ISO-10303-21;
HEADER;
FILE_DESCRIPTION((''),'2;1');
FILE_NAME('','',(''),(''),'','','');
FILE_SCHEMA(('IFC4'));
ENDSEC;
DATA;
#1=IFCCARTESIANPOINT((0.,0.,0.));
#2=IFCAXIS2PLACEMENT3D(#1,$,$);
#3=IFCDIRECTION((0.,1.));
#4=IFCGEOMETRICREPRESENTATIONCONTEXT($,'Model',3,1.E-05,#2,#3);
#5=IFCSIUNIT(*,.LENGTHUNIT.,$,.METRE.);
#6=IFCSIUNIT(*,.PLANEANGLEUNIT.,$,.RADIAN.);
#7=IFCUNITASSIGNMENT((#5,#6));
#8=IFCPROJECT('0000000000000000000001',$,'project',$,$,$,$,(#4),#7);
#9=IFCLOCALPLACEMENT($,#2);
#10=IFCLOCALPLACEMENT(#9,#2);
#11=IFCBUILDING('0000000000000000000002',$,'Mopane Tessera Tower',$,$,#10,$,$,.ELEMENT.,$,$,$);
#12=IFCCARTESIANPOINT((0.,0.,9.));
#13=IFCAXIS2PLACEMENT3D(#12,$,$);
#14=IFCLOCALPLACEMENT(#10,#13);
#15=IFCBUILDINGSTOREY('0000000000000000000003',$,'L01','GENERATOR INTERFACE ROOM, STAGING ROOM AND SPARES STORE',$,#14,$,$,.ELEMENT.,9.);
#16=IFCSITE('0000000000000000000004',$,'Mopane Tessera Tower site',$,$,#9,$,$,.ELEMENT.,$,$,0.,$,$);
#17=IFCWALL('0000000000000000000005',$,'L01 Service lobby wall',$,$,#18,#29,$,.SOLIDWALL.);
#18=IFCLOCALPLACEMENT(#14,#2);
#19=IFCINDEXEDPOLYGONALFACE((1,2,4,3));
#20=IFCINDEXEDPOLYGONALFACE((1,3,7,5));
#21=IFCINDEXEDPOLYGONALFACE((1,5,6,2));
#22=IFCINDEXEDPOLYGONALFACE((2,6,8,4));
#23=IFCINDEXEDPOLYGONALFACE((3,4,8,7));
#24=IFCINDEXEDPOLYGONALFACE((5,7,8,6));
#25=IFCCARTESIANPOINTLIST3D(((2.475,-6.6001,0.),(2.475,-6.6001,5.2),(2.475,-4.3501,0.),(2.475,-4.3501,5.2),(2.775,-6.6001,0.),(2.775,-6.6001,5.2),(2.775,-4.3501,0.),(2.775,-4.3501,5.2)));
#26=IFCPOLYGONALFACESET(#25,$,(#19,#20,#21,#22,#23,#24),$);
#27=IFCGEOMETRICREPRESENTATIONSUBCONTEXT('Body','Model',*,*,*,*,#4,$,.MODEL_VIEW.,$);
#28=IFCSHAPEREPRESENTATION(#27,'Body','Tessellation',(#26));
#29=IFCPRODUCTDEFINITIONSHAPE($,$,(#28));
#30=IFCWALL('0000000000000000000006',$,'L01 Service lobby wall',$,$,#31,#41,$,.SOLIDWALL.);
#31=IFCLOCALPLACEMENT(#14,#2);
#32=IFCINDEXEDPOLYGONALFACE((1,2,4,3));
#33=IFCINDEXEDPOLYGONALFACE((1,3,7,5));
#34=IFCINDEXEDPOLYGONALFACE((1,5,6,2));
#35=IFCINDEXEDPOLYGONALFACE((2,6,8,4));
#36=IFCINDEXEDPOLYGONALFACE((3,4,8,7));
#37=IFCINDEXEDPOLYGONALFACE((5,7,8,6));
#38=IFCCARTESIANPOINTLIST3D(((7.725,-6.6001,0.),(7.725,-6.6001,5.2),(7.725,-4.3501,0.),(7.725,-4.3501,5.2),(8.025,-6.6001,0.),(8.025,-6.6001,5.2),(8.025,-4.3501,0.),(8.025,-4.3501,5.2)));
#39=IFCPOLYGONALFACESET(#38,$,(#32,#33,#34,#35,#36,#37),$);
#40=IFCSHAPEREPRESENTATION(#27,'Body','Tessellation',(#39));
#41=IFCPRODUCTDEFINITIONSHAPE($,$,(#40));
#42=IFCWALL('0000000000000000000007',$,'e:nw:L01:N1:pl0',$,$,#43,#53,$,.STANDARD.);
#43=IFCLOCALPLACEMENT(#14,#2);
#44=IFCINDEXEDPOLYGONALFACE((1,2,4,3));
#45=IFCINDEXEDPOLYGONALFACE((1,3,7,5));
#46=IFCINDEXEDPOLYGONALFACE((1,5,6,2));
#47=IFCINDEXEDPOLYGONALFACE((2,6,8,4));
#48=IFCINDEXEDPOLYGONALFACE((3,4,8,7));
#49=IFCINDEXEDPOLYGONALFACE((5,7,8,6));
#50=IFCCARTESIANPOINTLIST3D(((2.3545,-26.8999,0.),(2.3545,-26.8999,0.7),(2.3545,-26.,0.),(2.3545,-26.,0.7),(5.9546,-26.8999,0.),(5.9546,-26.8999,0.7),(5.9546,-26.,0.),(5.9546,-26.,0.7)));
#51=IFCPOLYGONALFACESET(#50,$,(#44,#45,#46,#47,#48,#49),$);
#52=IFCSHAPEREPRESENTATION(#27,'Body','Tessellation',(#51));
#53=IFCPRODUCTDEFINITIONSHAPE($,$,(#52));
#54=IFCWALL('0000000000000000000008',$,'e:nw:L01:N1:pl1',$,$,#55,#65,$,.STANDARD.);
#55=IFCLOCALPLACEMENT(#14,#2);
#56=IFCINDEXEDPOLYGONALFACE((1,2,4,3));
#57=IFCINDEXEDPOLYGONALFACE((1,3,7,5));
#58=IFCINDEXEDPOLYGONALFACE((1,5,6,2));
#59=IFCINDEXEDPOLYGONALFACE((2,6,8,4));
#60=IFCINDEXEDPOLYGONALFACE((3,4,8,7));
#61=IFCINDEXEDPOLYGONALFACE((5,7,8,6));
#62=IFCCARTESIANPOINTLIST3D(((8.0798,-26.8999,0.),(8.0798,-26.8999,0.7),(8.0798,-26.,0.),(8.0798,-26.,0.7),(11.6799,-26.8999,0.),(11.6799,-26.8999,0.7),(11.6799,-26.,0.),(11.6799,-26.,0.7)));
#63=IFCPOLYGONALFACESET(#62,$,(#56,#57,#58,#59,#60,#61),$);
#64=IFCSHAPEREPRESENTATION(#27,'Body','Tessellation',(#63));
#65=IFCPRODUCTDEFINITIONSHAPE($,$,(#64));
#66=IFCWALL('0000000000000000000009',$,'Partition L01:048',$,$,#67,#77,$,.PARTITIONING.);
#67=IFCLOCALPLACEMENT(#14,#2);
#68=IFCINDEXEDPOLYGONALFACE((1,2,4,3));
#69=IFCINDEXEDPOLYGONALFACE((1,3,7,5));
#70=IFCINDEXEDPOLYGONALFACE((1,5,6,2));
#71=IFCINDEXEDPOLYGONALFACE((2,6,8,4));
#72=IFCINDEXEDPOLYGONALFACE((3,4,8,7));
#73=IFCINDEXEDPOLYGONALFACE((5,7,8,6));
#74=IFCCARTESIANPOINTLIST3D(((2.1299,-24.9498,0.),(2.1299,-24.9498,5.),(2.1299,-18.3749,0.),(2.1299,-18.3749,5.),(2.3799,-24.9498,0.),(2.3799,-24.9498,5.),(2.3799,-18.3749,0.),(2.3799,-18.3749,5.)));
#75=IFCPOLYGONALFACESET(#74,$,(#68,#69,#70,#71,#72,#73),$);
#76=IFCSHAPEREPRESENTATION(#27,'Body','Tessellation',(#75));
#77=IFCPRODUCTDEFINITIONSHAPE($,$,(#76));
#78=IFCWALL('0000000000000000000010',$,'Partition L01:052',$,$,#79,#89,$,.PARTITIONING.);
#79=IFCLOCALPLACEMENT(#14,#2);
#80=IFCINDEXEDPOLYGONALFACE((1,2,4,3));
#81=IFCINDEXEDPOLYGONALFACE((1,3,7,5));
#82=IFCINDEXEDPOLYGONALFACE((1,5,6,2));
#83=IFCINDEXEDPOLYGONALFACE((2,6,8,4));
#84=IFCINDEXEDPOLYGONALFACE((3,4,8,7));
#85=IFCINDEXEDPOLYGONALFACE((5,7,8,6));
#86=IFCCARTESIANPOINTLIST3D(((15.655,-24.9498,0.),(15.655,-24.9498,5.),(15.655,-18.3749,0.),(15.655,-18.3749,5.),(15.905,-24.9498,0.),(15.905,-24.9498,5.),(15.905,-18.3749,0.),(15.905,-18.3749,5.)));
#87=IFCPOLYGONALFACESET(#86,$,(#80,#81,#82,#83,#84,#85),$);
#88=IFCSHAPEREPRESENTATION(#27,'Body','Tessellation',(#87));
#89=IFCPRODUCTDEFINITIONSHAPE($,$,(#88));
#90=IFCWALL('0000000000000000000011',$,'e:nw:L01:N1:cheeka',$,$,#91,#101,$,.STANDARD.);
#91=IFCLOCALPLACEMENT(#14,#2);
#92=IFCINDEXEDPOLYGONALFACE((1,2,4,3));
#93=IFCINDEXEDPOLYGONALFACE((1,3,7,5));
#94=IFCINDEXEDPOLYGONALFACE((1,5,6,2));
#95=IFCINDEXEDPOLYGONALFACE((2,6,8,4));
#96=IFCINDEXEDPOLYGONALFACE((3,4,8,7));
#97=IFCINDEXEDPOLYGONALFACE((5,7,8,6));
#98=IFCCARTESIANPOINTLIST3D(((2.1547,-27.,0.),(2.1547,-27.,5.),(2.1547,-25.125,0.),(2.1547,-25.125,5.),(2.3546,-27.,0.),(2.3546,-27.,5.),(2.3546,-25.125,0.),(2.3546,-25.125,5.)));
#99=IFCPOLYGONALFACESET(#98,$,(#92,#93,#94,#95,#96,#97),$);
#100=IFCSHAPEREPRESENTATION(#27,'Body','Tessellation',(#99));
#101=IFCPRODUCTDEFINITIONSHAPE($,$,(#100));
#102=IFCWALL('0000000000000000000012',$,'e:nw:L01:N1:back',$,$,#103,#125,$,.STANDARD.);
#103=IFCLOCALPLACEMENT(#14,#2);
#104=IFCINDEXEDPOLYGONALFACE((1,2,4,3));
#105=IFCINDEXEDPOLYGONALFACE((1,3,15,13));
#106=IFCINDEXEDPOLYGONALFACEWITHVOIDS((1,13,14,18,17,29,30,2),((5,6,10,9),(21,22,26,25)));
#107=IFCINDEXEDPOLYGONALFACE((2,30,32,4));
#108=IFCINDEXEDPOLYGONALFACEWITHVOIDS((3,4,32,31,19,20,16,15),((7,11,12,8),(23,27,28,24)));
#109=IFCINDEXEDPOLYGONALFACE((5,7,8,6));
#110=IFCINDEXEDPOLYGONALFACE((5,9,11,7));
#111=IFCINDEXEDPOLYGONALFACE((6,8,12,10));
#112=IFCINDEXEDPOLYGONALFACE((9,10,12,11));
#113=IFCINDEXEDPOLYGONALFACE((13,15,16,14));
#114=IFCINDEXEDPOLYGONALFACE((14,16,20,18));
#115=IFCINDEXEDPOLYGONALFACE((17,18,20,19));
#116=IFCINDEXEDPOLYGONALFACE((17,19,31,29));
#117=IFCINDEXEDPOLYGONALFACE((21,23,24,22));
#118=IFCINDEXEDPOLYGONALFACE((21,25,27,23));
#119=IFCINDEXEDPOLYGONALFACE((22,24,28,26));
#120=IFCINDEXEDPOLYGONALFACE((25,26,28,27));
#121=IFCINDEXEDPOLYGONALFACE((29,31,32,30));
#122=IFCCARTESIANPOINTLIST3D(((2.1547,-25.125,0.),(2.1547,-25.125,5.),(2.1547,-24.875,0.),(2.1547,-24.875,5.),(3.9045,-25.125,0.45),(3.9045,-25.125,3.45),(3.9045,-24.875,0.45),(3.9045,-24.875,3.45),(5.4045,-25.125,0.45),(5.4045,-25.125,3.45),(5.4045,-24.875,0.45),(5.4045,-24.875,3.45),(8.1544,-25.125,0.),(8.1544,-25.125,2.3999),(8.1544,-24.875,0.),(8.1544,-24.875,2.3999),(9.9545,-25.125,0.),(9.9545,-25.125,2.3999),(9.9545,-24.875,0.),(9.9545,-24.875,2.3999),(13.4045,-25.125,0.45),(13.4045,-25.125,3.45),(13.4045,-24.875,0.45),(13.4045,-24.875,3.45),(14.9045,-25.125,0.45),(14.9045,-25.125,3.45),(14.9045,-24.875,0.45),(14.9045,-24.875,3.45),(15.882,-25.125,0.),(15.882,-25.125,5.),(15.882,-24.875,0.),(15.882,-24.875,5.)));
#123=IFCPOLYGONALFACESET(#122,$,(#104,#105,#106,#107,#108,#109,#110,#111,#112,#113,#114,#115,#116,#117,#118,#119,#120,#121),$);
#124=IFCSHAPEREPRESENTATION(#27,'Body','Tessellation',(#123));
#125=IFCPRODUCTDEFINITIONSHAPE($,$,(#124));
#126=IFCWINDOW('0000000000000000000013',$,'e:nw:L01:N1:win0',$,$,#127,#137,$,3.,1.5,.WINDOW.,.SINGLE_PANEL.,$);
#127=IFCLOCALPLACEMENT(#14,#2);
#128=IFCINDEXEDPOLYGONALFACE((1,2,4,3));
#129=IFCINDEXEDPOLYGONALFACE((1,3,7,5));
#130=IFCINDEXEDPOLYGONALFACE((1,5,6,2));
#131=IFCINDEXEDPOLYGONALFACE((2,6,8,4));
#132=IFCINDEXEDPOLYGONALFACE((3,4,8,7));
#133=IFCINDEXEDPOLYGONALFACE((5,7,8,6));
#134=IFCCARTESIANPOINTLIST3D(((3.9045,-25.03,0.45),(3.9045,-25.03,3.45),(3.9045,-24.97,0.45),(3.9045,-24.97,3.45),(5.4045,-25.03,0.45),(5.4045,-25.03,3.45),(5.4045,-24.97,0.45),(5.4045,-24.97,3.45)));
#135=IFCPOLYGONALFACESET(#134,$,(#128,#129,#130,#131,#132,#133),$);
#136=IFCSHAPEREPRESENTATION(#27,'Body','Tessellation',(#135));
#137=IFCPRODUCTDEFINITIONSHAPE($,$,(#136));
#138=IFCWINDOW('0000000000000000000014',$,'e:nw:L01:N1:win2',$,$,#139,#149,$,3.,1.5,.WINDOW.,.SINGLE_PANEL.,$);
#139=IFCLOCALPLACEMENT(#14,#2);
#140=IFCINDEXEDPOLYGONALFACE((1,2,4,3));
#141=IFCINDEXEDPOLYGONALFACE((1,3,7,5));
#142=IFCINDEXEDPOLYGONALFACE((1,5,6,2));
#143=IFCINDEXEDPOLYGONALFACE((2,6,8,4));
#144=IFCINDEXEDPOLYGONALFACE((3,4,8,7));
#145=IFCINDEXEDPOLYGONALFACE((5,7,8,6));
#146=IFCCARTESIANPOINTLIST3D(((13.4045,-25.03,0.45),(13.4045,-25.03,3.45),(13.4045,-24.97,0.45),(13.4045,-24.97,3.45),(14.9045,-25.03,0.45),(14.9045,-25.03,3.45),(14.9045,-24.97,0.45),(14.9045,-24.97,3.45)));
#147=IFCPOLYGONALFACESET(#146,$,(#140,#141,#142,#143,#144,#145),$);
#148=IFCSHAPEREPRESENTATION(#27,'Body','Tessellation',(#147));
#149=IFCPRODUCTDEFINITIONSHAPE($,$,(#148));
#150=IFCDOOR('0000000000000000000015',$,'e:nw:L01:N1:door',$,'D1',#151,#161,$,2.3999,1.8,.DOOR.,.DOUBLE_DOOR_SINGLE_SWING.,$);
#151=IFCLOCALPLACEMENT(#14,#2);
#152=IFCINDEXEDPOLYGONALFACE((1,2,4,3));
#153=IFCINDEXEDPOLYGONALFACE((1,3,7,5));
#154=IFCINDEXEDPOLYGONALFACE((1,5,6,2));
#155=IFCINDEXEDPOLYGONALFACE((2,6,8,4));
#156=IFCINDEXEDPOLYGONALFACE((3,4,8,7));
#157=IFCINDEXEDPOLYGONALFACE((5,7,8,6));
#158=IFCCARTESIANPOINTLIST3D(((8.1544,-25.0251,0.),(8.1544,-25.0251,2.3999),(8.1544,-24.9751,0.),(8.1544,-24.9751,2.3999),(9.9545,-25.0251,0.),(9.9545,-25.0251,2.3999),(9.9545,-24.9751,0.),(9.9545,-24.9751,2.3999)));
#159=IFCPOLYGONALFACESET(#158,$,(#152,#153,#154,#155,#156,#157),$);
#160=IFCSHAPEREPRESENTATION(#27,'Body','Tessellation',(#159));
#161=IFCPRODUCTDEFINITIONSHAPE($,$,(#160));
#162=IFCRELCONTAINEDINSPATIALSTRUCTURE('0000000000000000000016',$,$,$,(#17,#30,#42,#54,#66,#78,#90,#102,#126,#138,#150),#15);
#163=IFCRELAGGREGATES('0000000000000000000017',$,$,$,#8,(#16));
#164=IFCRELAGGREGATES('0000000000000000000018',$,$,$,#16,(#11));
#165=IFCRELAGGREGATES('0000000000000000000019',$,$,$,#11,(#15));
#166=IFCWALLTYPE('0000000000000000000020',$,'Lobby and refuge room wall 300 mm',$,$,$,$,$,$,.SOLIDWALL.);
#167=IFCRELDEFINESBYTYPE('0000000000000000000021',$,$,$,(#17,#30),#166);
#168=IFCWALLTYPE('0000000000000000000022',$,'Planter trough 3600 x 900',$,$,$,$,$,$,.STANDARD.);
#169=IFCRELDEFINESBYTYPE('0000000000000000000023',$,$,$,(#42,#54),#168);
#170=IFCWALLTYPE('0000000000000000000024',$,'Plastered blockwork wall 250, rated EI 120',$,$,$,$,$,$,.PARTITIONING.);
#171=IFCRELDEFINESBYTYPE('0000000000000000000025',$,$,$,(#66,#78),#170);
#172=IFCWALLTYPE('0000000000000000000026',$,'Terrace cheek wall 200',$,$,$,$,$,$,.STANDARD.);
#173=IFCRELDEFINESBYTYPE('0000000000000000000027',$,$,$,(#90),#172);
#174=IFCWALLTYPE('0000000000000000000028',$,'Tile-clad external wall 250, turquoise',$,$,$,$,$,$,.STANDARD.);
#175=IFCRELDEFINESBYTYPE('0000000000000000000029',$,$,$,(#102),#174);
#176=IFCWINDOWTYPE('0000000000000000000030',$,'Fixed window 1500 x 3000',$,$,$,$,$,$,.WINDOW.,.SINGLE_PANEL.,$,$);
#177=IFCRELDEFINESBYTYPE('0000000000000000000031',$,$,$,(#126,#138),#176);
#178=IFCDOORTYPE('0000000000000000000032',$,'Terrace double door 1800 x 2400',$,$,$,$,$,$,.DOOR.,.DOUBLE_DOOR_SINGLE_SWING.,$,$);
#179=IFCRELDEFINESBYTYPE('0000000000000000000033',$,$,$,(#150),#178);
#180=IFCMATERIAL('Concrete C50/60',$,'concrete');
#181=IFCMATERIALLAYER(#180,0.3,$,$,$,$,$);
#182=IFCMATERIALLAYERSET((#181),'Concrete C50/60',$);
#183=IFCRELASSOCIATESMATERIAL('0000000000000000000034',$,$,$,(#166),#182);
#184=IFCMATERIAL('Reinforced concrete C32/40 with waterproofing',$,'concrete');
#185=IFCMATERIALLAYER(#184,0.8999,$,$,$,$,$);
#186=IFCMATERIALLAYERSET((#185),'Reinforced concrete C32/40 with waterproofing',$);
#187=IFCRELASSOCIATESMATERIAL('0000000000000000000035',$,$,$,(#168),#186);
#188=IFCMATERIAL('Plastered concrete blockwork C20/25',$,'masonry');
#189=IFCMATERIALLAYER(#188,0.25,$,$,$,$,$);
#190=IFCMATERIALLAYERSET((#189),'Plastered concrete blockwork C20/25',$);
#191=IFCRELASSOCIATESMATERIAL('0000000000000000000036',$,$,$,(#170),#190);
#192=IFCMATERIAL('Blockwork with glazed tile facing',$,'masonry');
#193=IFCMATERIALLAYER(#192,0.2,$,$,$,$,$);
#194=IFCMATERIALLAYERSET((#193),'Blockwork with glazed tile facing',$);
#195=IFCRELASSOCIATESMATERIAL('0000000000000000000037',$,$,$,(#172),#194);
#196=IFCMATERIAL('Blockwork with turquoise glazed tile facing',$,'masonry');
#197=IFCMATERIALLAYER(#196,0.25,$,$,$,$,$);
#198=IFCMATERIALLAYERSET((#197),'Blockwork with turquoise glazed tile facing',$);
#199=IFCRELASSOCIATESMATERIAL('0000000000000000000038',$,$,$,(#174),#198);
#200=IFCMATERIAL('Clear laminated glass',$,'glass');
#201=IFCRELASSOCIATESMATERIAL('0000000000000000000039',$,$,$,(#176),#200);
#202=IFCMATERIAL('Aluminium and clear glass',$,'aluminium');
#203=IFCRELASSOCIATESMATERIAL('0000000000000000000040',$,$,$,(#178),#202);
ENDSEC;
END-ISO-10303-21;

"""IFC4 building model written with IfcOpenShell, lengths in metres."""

from ifc_helpers import new_model, si_unit, direction, frame, frame_2d, origin, place, context, subcontext, project, spatial, rectangle, extrude, material, layer, layer_set, type_object, element, fill, save


model = new_model("IFC4")

# Units and contexts
model_context = context("Model", 3, precision=1e-05, world=origin(), true_north=direction((0.0, 1.0)))
body_context = subcontext(model_context, "Body", "Model", "MODEL_VIEW")
ifc_project = project(units=[si_unit("LENGTHUNIT", "METRE"), si_unit("PLANEANGLEUNIT", "RADIAN")], contexts=[model_context])

# Site, building, storey
site_placement = place(None, origin())
site = spatial("IfcSite", under=ifc_project, at=site_placement, Name="Mopane Tessera Tower site", CompositionType="ELEMENT", RefElevation=0.0)
building_placement = place(site_placement, origin())
building = spatial("IfcBuilding", under=site, at=building_placement, Name="Mopane Tessera Tower", CompositionType="ELEMENT")
storey_placement = place(building_placement, frame((0.0, 0.0, 9.0)))
storey = spatial("IfcBuildingStorey", under=building, at=storey_placement, Name="L01", Description="GENERATOR INTERFACE ROOM, STAGING ROOM AND SPARES STORE", CompositionType="ELEMENT", Elevation=9.0)

# Walls
ifc_material_1 = material(Name="Concrete C50/60", Category="concrete")
ifc_layer_1 = layer(ifc_material_1, 0.3)
ifc_layer_set_1 = layer_set([ifc_layer_1], Name="Concrete C50/60")
wall_type_1 = type_object("IfcWallType", Name="Lobby and refuge room wall 300 mm", PredefinedType="SOLIDWALL", material=ifc_layer_set_1)
for number, where, z_axis, x_axis, name in (
    (1, (2.625, -6.6001, 0.0), (0.0, 0.0, 1.0), (0.0, 1.0, 0.0), "L01 Service lobby wall"),
    (2, (7.875, -6.6001, 0.0), (0.0, 0.0, 1.0), (0.0, 1.0, 0.0), "L01 Service lobby wall"),
):
    element("IfcWall", number, at=place(storey_placement, frame(where, z_axis=z_axis, x_axis=x_axis)), inside=storey, type_object=wall_type_1, Name=name, PredefinedType="SOLIDWALL", context=body_context, shape_type="SweptSolid", body=[
        extrude(rectangle(XDim=2.25, YDim=0.3, at=frame_2d((1.125, 0.0))), origin(), (0.0, 0.0, 1.0), 5.2),
    ])
ifc_material_2 = material(Name="Reinforced concrete C32/40 with waterproofing", Category="concrete")
ifc_layer_2 = layer(ifc_material_2, 0.8999)
ifc_layer_set_2 = layer_set([ifc_layer_2], Name="Reinforced concrete C32/40 with waterproofing")
wall_type_2 = type_object("IfcWallType", Name="Planter trough 3600 x 900", PredefinedType="STANDARD", material=ifc_layer_set_2)
for number, where, z_axis, x_axis, name in (
    (3, (2.3545, -26.45, 0.0), (0.0, 0.0, 1.0), (1.0, 0.0, 0.0), "e:nw:L01:N1:pl0"),
    (4, (8.0798, -26.45, 0.0), (0.0, 0.0, 1.0), (1.0, 0.0, 0.0), "e:nw:L01:N1:pl1"),
):
    element("IfcWall", number, at=place(storey_placement, frame(where, z_axis=z_axis, x_axis=x_axis)), inside=storey, type_object=wall_type_2, Name=name, PredefinedType="STANDARD", context=body_context, shape_type="SweptSolid", body=[
        extrude(rectangle(XDim=3.6001, YDim=0.8999, at=frame_2d((1.8, 0.0))), origin(), (0.0, 0.0, 1.0), 0.7),
    ])
ifc_material_3 = material(Name="Plastered concrete blockwork C20/25", Category="masonry")
ifc_layer_3 = layer(ifc_material_3, 0.25)
ifc_layer_set_3 = layer_set([ifc_layer_3], Name="Plastered concrete blockwork C20/25")
wall_type_3 = type_object("IfcWallType", Name="Plastered blockwork wall 250, rated EI 120", PredefinedType="PARTITIONING", material=ifc_layer_set_3)
for number, where, z_axis, x_axis, name in (
    (5, (2.2549, -24.95, 0.0), (0.0, 0.0, 1.0), (0.0, 1.0, 0.0), "Partition L01:048"),
    (6, (15.78, -24.95, 0.0), (0.0, 0.0, 1.0), (0.0, 1.0, 0.0), "Partition L01:052"),
):
    element("IfcWall", number, at=place(storey_placement, frame(where, z_axis=z_axis, x_axis=x_axis)), inside=storey, type_object=wall_type_3, Name=name, PredefinedType="PARTITIONING", context=body_context, shape_type="SweptSolid", body=[
        extrude(rectangle(XDim=6.575, YDim=0.25, at=frame_2d((3.2876, 0.0))), origin(), (0.0, 0.0, 1.0), 5.0),
    ])
ifc_material_4 = material(Name="Blockwork with glazed tile facing", Category="masonry")
ifc_layer_4 = layer(ifc_material_4, 0.2)
ifc_layer_set_4 = layer_set([ifc_layer_4], Name="Blockwork with glazed tile facing")
wall_type_4 = type_object("IfcWallType", Name="Terrace cheek wall 200", PredefinedType="STANDARD", material=ifc_layer_set_4)
wall_1_placement = place(storey_placement, frame((2.2546, -27.0, 0.0), z_axis=(0.0, 0.0, 1.0), x_axis=(0.0, 1.0, 0.0)))
element("IfcWall", 7, at=wall_1_placement, inside=storey, type_object=wall_type_4, Name="e:nw:L01:N1:cheeka", PredefinedType="STANDARD", context=body_context, shape_type="SweptSolid", body=[
    extrude(rectangle(XDim=1.875, YDim=0.2, at=frame_2d((0.9375, 0.0))), origin(), (0.0, 0.0, 1.0), 5.0),
])

# Wall, openings, windows, door
ifc_material_5 = material(Name="Blockwork with turquoise glazed tile facing", Category="masonry")
ifc_layer_5 = layer(ifc_material_5, 0.25)
ifc_layer_set_5 = layer_set([ifc_layer_5], Name="Blockwork with turquoise glazed tile facing")
wall_type_5 = type_object("IfcWallType", Name="Tile-clad external wall 250, turquoise", PredefinedType="STANDARD", material=ifc_layer_set_5)
wall_2_placement = place(storey_placement, frame((2.1545, -25.0, 0.0), z_axis=(0.0, 0.0, 1.0), x_axis=(1.0, 0.0, 0.0)))
wall_2 = element("IfcWall", 8, at=wall_2_placement, inside=storey, type_object=wall_type_5, Name="e:nw:L01:N1:back", PredefinedType="STANDARD", context=body_context, shape_type="SweptSolid", body=[
    extrude(rectangle(XDim=13.7273, YDim=0.25, at=frame_2d((6.8638, 0.0))), origin(), (0.0, 0.0, 1.0), 5.0),
])
opening_1_placement = place(wall_2_placement, frame((1.75, 0.0, 0.45)))
opening_1 = element("IfcOpeningElement", 9, at=opening_1_placement, cuts=wall_2, PredefinedType="OPENING", context=body_context, shape_type="SweptSolid", body=[
    extrude(rectangle(XDim=1.5, YDim=3.0, at=frame_2d((0.75, 1.5))), frame((0.0, 0.137, 0.0), z_axis=(0.0, -1.0, 0.0), x_axis=(1.0, 0.0, 0.0)), (0.0, 0.0, 1.0), 0.2739),
])
opening_2_placement = place(wall_2_placement, frame((6.0, 0.0, 0.0)))
opening_2 = element("IfcOpeningElement", 10, at=opening_2_placement, cuts=wall_2, PredefinedType="OPENING", context=body_context, shape_type="SweptSolid", body=[
    extrude(rectangle(XDim=1.8, YDim=2.3999, at=frame_2d((0.8999, 1.2))), frame((0.0, 0.137, 0.0), z_axis=(0.0, -1.0, 0.0), x_axis=(1.0, 0.0, 0.0)), (0.0, 0.0, 1.0), 0.2739),
])
opening_3_placement = place(wall_2_placement, frame((11.25, 0.0, 0.45)))
opening_3 = element("IfcOpeningElement", 11, at=opening_3_placement, cuts=wall_2, PredefinedType="OPENING", context=body_context, shape_type="SweptSolid", body=[
    extrude(rectangle(XDim=1.5, YDim=3.0, at=frame_2d((0.75, 1.5))), frame((0.0, 0.137, 0.0), z_axis=(0.0, -1.0, 0.0), x_axis=(1.0, 0.0, 0.0)), (0.0, 0.0, 1.0), 0.2739),
])
ifc_material_6 = material(Name="Clear laminated glass", Category="glass")
window_type = type_object("IfcWindowType", Name="Fixed window 1500 x 3000", PartitioningType="SINGLE_PANEL", PredefinedType="WINDOW", material=ifc_material_6)
window_1_placement = place(opening_1_placement, origin())
window_1 = element("IfcWindow", 12, at=window_1_placement, inside=storey, type_object=window_type, Name="e:nw:L01:N1:win0", OverallHeight=3.0, OverallWidth=1.5, PartitioningType="SINGLE_PANEL", PredefinedType="WINDOW", context=body_context, shape_type="SweptSolid", body=[
    extrude(rectangle(XDim=1.5, YDim=3.0, at=frame_2d((0.75, 1.5))), frame((0.0, 0.03, 0.0), z_axis=(0.0, -1.0, 0.0), x_axis=(1.0, 0.0, 0.0)), (0.0, 0.0, 1.0), 0.0601),
])
fill(opening_1, window_1)
window_2_placement = place(opening_3_placement, origin())
window_2 = element("IfcWindow", 13, at=window_2_placement, inside=storey, type_object=window_type, Name="e:nw:L01:N1:win2", OverallHeight=3.0, OverallWidth=1.5, PartitioningType="SINGLE_PANEL", PredefinedType="WINDOW", context=body_context, shape_type="SweptSolid", body=[
    extrude(rectangle(XDim=1.5, YDim=3.0, at=frame_2d((0.75, 1.5))), frame((0.0, 0.03, 0.0), z_axis=(0.0, -1.0, 0.0), x_axis=(1.0, 0.0, 0.0)), (0.0, 0.0, 1.0), 0.0601),
])
fill(opening_3, window_2)
ifc_material_7 = material(Name="Aluminium and clear glass", Category="aluminium")
door_type_1 = type_object("IfcDoorType", Name="Terrace double door 1800 x 2400", OperationType="DOUBLE_DOOR_SINGLE_SWING", PredefinedType="DOOR", material=ifc_material_7)
door_1_placement = place(opening_2_placement, origin())
door_1 = element("IfcDoor", 14, at=door_1_placement, inside=storey, type_object=door_type_1, Name="e:nw:L01:N1:door", ObjectType="D1", OperationType="DOUBLE_DOOR_SINGLE_SWING", OverallHeight=2.3999, OverallWidth=1.8, PredefinedType="DOOR", context=body_context, shape_type="SweptSolid", body=[
    extrude(rectangle(XDim=1.8, YDim=2.3999, at=frame_2d((0.8999, 1.2))), frame((0.0, 0.0249, 0.0), z_axis=(0.0, -1.0, 0.0), x_axis=(1.0, 0.0, 0.0)), (0.0, 0.0, 1.0), 0.05),
])
fill(opening_2, door_1)

save(model, "model.ifc")
